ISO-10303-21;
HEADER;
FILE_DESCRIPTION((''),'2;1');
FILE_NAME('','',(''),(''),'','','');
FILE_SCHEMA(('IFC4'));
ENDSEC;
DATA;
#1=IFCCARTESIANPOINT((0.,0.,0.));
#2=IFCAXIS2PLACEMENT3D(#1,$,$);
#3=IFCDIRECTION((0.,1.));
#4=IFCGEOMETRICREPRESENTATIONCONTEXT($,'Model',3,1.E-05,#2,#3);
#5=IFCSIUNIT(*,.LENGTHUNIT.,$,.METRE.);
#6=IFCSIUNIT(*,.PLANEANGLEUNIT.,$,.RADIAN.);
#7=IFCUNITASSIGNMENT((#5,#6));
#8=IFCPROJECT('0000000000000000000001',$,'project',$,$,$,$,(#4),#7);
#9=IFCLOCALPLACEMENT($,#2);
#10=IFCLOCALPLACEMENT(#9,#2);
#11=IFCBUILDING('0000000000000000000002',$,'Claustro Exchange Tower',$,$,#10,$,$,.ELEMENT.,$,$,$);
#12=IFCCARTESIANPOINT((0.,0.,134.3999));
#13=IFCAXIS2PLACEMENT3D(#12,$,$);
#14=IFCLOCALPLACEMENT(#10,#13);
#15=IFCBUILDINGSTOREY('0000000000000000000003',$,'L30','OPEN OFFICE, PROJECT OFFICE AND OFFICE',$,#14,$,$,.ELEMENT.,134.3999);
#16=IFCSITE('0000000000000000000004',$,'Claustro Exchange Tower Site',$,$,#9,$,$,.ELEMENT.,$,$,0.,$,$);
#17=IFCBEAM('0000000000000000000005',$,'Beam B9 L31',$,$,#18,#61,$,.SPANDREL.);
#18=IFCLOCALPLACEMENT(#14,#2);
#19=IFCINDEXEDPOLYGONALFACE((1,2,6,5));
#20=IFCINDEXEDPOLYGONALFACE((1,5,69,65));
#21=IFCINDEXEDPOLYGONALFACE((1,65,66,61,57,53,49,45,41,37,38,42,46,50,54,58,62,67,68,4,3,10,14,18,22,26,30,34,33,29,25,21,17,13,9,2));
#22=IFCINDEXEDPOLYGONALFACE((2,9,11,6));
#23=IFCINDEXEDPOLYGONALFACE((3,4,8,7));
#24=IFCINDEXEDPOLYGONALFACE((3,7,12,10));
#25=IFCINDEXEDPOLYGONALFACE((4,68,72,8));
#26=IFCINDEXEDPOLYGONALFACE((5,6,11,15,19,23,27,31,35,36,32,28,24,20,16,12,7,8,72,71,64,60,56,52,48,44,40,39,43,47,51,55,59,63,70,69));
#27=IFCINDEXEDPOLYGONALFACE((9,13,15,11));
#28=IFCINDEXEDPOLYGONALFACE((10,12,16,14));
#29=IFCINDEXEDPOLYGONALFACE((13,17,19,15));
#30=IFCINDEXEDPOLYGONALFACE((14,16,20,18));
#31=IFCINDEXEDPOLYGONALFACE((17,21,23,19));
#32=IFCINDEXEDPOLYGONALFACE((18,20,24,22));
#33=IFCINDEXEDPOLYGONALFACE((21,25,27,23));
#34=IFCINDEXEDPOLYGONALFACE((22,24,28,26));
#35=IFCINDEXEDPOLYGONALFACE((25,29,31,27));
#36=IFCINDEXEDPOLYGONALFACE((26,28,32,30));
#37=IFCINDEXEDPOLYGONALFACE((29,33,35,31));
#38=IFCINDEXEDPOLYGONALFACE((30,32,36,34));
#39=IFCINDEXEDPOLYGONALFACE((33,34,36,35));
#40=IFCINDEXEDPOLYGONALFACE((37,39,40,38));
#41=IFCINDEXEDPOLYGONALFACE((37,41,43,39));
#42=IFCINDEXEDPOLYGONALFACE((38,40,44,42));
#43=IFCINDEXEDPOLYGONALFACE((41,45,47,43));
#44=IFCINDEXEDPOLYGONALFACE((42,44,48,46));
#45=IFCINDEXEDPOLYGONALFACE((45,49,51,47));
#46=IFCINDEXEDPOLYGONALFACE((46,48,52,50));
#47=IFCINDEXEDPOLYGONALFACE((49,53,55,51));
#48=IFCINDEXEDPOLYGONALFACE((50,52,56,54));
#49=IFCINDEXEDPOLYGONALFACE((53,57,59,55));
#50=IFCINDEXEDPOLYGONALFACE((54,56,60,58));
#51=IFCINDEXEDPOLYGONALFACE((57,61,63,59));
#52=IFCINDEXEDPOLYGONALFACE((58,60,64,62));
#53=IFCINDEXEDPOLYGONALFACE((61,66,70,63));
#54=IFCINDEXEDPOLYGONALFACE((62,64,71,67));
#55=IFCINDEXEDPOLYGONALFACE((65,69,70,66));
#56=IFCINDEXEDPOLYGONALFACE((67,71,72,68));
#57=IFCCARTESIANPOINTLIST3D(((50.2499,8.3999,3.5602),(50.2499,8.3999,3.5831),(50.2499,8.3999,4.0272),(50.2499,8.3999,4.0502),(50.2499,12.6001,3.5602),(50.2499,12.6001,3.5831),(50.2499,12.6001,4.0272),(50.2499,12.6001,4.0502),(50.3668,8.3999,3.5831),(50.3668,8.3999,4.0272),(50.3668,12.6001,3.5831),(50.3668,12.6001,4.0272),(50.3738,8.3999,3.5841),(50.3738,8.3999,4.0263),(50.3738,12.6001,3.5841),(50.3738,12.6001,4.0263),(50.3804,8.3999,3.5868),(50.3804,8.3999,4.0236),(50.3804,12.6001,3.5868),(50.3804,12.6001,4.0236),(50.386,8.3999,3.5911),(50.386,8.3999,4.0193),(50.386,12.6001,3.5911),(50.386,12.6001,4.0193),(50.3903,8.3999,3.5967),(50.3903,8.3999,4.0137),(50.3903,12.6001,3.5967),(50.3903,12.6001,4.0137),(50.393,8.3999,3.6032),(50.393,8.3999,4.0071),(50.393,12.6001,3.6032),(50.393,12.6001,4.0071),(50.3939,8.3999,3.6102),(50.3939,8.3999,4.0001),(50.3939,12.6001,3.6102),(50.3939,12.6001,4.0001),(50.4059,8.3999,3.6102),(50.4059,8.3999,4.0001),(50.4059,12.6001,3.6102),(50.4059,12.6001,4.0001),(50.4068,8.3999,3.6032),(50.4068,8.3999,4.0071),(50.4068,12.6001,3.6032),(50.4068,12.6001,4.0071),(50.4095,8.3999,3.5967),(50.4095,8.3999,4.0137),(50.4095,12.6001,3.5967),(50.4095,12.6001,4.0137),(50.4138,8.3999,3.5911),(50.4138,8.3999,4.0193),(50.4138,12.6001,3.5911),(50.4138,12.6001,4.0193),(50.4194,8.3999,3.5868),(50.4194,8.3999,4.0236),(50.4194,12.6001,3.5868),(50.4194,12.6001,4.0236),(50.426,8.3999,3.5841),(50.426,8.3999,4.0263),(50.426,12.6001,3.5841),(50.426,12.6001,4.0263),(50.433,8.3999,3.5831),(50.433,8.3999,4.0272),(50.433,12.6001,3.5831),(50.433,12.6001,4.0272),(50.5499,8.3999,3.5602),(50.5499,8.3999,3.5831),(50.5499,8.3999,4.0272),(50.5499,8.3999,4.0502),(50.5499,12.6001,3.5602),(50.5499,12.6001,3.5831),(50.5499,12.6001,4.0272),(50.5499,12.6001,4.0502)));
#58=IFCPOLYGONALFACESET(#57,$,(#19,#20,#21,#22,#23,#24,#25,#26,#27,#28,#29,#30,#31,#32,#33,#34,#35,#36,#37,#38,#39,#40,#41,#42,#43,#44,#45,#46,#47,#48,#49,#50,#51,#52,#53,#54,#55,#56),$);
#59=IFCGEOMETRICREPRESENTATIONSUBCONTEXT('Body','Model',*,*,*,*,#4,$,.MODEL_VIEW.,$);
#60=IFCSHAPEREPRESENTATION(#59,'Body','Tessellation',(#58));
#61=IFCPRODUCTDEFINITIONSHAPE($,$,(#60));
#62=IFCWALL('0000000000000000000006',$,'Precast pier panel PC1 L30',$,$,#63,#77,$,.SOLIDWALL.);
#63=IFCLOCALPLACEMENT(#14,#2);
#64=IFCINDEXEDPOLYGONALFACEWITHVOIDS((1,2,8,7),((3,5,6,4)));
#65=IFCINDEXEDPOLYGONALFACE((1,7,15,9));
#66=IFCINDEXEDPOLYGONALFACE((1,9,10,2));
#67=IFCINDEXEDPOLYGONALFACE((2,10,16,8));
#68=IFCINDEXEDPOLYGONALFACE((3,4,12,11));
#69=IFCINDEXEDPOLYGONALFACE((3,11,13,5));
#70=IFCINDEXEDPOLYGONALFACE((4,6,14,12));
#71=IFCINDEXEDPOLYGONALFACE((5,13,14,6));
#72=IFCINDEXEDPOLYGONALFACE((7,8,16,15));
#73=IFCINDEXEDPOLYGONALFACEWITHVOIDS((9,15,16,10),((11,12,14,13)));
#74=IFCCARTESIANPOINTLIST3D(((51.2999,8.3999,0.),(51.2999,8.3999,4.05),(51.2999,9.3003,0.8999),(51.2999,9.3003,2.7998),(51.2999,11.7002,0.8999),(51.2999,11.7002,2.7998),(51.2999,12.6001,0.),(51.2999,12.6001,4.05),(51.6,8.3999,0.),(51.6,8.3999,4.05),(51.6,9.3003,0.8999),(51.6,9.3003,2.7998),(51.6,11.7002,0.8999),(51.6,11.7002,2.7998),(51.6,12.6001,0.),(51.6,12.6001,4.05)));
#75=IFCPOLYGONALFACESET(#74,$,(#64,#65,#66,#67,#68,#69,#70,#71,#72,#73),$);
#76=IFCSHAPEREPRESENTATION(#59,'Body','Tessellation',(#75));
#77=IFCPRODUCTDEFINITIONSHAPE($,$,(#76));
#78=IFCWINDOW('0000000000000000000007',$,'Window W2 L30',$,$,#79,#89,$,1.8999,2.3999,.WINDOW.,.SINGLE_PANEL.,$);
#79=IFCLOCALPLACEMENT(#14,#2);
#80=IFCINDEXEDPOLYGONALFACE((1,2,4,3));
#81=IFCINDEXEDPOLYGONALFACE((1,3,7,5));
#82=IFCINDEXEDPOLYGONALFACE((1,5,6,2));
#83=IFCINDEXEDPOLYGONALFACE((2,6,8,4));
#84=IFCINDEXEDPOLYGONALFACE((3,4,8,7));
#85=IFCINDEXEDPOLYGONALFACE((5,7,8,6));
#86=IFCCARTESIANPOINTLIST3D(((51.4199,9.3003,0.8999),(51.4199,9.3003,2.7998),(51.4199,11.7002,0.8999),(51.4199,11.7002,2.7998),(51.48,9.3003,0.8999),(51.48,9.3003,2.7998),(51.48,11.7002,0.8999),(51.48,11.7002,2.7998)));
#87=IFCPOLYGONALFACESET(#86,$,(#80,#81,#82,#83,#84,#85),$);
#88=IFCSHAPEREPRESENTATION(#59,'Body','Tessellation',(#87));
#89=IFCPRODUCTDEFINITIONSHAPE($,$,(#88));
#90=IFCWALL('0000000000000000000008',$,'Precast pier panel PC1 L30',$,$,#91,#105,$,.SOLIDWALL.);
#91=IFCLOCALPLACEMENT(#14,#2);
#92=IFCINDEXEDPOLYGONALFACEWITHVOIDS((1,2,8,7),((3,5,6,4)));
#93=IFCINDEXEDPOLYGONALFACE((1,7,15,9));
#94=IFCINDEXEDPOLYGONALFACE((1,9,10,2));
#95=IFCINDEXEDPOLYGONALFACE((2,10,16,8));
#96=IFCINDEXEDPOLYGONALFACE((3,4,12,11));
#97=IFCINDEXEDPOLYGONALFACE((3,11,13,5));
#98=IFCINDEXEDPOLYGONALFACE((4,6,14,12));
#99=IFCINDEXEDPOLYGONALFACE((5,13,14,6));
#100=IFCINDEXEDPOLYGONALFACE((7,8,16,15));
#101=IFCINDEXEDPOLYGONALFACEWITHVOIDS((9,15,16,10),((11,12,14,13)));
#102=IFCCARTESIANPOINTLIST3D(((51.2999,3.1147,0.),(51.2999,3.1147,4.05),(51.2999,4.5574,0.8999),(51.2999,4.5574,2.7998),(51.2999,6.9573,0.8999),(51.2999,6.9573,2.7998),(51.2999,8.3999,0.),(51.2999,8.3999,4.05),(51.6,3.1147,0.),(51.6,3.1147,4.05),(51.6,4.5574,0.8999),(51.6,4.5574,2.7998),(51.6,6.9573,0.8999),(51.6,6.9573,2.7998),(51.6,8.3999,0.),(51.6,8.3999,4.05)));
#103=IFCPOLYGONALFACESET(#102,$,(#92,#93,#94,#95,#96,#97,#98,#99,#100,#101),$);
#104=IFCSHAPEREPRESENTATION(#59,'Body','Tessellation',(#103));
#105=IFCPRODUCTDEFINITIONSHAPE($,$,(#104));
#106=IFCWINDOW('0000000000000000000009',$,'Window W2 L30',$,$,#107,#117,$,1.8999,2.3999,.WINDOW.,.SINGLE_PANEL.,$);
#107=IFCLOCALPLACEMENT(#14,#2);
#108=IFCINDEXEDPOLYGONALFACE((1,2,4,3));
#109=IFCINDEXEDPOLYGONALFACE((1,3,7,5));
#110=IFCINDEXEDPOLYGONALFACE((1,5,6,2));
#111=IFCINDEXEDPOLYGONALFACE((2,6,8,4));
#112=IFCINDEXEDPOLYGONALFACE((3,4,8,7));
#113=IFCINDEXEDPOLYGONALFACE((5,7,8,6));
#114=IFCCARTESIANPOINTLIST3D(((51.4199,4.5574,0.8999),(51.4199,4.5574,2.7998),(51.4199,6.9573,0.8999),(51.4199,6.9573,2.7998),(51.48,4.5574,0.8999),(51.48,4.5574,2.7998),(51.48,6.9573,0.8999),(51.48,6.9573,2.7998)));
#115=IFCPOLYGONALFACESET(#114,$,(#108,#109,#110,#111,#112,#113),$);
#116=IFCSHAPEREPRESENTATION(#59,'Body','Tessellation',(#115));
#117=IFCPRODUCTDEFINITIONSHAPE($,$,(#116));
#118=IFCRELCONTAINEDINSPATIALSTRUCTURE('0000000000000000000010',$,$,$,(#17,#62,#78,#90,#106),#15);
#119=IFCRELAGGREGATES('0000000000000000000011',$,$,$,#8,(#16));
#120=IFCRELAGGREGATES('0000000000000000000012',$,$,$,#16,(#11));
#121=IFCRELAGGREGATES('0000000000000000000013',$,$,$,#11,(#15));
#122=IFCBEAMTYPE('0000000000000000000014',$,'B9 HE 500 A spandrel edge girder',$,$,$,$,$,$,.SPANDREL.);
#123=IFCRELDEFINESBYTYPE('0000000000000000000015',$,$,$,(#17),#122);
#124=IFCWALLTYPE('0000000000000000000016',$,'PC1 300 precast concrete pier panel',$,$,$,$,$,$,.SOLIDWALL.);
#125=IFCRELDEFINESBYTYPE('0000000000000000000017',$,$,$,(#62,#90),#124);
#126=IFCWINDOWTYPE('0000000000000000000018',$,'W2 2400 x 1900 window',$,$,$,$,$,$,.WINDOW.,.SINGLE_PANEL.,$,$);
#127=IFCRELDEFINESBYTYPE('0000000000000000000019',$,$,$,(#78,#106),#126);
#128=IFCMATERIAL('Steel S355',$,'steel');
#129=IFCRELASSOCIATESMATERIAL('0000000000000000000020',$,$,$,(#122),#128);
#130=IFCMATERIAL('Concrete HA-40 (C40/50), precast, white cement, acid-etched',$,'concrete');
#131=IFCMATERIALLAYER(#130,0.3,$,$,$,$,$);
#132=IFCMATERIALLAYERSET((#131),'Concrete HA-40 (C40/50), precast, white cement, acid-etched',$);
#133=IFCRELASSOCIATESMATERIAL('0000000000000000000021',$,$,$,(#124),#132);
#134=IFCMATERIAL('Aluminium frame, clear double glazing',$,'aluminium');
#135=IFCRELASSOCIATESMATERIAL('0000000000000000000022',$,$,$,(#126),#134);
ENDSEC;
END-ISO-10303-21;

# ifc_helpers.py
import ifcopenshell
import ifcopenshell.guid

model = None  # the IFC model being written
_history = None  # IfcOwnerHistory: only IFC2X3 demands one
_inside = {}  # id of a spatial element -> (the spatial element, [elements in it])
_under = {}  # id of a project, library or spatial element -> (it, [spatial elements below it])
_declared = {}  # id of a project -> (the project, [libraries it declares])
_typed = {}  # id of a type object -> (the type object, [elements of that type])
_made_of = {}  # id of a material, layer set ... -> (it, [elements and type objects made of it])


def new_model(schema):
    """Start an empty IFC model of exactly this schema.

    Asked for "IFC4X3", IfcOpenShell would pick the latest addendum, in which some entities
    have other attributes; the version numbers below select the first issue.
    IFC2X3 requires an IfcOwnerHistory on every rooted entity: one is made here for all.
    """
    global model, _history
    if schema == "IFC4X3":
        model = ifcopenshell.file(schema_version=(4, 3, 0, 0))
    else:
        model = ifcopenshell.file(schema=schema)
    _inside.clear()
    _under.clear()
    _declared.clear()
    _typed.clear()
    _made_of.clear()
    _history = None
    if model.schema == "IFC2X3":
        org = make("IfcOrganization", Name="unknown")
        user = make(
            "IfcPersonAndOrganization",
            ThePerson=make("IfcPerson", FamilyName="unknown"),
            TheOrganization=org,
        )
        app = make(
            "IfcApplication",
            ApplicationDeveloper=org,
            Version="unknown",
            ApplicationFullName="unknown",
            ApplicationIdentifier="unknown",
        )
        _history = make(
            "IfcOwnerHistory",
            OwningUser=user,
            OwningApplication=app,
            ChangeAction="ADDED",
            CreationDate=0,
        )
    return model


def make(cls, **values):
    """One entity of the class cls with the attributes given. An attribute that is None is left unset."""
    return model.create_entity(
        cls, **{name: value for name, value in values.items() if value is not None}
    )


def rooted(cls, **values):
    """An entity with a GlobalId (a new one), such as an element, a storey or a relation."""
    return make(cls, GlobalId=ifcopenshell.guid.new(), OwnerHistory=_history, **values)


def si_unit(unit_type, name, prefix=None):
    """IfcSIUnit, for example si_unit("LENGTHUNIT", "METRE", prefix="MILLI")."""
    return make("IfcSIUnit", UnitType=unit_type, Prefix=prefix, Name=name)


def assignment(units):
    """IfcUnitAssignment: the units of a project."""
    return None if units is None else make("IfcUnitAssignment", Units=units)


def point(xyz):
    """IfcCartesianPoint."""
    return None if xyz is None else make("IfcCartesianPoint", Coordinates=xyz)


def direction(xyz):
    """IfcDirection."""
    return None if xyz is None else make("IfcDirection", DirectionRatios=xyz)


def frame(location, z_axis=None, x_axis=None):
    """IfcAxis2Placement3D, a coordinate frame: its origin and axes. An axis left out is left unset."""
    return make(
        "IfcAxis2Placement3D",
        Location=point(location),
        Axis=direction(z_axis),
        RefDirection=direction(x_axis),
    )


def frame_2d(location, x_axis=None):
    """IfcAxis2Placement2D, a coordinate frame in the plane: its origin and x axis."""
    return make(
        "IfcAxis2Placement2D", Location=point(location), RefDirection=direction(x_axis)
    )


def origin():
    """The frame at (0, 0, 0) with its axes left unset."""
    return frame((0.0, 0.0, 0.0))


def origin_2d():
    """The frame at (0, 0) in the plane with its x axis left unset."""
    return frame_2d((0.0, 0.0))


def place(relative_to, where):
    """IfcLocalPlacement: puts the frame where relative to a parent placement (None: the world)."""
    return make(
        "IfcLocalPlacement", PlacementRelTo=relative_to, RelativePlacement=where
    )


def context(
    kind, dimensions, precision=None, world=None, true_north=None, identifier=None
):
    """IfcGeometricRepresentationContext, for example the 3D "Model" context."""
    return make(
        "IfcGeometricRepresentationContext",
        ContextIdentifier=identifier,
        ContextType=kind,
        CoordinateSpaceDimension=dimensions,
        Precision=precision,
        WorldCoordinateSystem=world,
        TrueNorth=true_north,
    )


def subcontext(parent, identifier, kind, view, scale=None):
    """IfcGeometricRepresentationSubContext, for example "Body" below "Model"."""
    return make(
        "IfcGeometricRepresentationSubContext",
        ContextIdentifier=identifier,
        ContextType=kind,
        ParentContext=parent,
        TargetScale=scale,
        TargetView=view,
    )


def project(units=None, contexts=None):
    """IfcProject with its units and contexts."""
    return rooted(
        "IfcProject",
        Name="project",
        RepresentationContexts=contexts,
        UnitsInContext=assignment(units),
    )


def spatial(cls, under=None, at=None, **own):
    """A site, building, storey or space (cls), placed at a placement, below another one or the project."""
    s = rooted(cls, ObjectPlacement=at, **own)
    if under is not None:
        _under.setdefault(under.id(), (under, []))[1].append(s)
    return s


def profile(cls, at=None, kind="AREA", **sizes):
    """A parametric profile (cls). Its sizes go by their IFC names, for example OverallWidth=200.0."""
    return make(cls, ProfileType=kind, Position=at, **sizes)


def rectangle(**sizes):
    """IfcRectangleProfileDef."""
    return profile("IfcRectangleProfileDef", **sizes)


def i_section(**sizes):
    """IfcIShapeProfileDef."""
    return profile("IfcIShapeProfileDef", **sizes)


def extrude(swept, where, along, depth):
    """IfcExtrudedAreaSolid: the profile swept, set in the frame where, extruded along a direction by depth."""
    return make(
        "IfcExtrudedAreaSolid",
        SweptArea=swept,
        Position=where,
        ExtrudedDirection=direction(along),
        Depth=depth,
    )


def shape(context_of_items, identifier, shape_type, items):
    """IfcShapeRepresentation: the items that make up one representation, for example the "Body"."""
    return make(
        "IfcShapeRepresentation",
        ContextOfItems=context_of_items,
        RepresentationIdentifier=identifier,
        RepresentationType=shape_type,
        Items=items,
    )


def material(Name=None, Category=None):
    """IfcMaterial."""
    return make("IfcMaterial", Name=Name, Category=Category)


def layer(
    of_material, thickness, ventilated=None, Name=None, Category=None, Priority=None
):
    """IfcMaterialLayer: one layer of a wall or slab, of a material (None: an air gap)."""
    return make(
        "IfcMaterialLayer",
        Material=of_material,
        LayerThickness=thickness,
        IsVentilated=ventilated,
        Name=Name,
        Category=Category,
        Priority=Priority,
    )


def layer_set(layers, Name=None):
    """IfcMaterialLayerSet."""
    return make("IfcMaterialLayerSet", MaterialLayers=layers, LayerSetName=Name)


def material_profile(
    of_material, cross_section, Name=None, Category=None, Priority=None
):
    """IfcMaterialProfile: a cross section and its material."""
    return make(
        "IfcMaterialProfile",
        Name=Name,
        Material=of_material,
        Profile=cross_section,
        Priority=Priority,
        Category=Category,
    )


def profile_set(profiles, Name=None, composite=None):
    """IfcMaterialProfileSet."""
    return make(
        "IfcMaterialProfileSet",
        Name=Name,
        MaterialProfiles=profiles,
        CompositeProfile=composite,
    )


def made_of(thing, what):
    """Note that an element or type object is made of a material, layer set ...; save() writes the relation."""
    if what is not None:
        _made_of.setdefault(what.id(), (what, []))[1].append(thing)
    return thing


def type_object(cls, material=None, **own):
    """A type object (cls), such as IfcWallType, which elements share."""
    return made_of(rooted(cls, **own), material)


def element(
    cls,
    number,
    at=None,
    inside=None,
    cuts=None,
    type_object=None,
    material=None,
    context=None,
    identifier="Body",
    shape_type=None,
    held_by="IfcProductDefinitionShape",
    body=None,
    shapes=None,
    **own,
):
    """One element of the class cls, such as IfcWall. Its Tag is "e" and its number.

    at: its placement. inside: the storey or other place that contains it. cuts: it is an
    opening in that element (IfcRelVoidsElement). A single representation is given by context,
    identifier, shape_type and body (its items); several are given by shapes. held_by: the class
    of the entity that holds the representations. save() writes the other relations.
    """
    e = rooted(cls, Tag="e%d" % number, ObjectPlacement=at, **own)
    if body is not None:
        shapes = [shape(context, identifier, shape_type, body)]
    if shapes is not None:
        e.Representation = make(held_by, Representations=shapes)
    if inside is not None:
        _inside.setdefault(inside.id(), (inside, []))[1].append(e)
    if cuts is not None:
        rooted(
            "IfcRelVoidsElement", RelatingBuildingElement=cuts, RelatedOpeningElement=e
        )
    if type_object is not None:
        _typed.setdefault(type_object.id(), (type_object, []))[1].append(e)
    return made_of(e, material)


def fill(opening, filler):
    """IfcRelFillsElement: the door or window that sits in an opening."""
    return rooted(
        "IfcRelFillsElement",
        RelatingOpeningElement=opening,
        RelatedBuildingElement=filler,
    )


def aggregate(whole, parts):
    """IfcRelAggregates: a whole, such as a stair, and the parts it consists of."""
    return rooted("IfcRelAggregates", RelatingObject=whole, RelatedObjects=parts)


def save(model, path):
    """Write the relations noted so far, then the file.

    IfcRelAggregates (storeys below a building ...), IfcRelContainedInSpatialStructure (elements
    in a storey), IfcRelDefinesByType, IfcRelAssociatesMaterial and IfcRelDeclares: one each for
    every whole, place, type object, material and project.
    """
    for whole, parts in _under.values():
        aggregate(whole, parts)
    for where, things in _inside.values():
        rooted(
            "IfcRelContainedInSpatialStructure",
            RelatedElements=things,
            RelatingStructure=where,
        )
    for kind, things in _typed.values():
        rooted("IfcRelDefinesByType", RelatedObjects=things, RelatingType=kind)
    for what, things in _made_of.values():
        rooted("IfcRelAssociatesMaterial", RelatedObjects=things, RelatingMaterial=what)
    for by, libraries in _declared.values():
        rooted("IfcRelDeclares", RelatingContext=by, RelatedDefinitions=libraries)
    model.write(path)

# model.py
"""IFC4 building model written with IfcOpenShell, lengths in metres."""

from ifc_helpers import new_model, si_unit, direction, frame, frame_2d, origin, origin_2d, place, context, subcontext, project, spatial, rectangle, i_section, extrude, material, layer, layer_set, material_profile, profile_set, type_object, element, fill, save


model = new_model("IFC4")

# Units and contexts
model_context = context("Model", 3, precision=1e-05, world=origin(), true_north=direction((0.0, 1.0)))
body_context = subcontext(model_context, "Body", "Model", "MODEL_VIEW")
ifc_project = project(units=[si_unit("LENGTHUNIT", "METRE"), si_unit("PLANEANGLEUNIT", "RADIAN")], contexts=[model_context])

# Site, building, storey
site_placement = place(None, origin())
site = spatial("IfcSite", under=ifc_project, at=site_placement, Name="Claustro Exchange Tower Site", CompositionType="ELEMENT", RefElevation=0.0)
building_placement = place(site_placement, origin())
building = spatial("IfcBuilding", under=site, at=building_placement, Name="Claustro Exchange Tower", CompositionType="ELEMENT")
storey_placement = place(building_placement, frame((0.0, 0.0, 134.3999)))
storey = spatial("IfcBuildingStorey", under=building, at=storey_placement, Name="L30", Description="OPEN OFFICE, PROJECT OFFICE AND OFFICE", CompositionType="ELEMENT", Elevation=134.3999)

# Beam
ifc_material_1 = material(Name="Steel S355", Category="steel")
ifc_material_profile_1 = material_profile(ifc_material_1, i_section(OverallWidth=0.3, OverallDepth=0.49, WebThickness=0.012, FlangeThickness=0.0229, FilletRadius=0.0271, at=origin_2d()), Name="HE 500 A")
ifc_profile_set_1 = profile_set([ifc_material_profile_1], Name="Steel S355")
beam_type_1 = type_object("IfcBeamType", Name="B9 HE 500 A spandrel edge girder", PredefinedType="SPANDREL", material=ifc_profile_set_1)
beam_1_placement = place(storey_placement, frame((50.3999, 8.3999, 3.8052), z_axis=(0.0, 1.0, 0.0), x_axis=(-1.0, 0.0, 0.0)))
element("IfcBeam", 1, at=beam_1_placement, inside=storey, type_object=beam_type_1, Name="Beam B9 L31", PredefinedType="SPANDREL", context=body_context, shape_type="SweptSolid", body=[
    extrude(i_section(OverallWidth=0.3, OverallDepth=0.49, WebThickness=0.012, FlangeThickness=0.0229, FilletRadius=0.0271, at=origin_2d()), origin(), (0.0, 0.0, 1.0), 4.2002),
])

# Walls, openings, windows
ifc_material_2 = material(Name="Concrete HA-40 (C40/50), precast, white cement, acid-etched", Category="concrete")
ifc_layer_1 = layer(ifc_material_2, 0.3)
ifc_layer_set_1 = layer_set([ifc_layer_1], Name="Concrete HA-40 (C40/50), precast, white cement, acid-etched")
wall_type_1 = type_object("IfcWallType", Name="PC1 300 precast concrete pier panel", PredefinedType="SOLIDWALL", material=ifc_layer_set_1)
wall_1_placement = place(storey_placement, frame((51.45, 12.6001, 0.0), z_axis=(0.0, 0.0, 1.0), x_axis=(0.0, -1.0, 0.0)))
wall_1 = element("IfcWall", 2, at=wall_1_placement, inside=storey, type_object=wall_type_1, Name="Precast pier panel PC1 L30", PredefinedType="SOLIDWALL", context=body_context, shape_type="SweptSolid", body=[
    extrude(rectangle(XDim=4.2002, YDim=0.3, at=frame_2d((2.1001, 0.0))), origin(), (0.0, 0.0, 1.0), 4.05),
])
opening_1_placement = place(wall_1_placement, frame((0.8999, 0.0, 0.8999)))
opening_1 = element("IfcOpeningElement", 3, at=opening_1_placement, cuts=wall_1, PredefinedType="OPENING", context=body_context, shape_type="SweptSolid", body=[
    extrude(rectangle(XDim=2.3999, YDim=1.8999, at=frame_2d((1.2, 0.95))), frame((0.0, 0.1599, 0.0), z_axis=(0.0, -1.0, 0.0), x_axis=(1.0, 0.0, 0.0)), (0.0, 0.0, 1.0), 0.3201),
])
ifc_material_3 = material(Name="Aluminium frame, clear double glazing", Category="aluminium")
window_type = type_object("IfcWindowType", Name="W2 2400 x 1900 window", PartitioningType="SINGLE_PANEL", PredefinedType="WINDOW", material=ifc_material_3)
window_1_placement = place(opening_1_placement, origin())
window_1 = element("IfcWindow", 4, at=window_1_placement, inside=storey, type_object=window_type, Name="Window W2 L30", OverallHeight=1.8999, OverallWidth=2.3999, PartitioningType="SINGLE_PANEL", PredefinedType="WINDOW", context=body_context, shape_type="SweptSolid", body=[
    extrude(rectangle(XDim=2.3999, YDim=1.8999, at=frame_2d((1.2, 0.95))), frame((0.0, 0.03, 0.0), z_axis=(0.0, -1.0, 0.0), x_axis=(1.0, 0.0, 0.0)), (0.0, 0.0, 1.0), 0.0601),
])
fill(opening_1, window_1)
wall_2_placement = place(storey_placement, frame((51.45, 8.3999, 0.0), z_axis=(0.0, 0.0, 1.0), x_axis=(0.0, -1.0, 0.0)))
wall_2 = element("IfcWall", 5, at=wall_2_placement, inside=storey, type_object=wall_type_1, Name="Precast pier panel PC1 L30", PredefinedType="SOLIDWALL", context=body_context, shape_type="SweptSolid", body=[
    extrude(rectangle(XDim=5.2852, YDim=0.3, at=frame_2d((2.6426, 0.0))), origin(), (0.0, 0.0, 1.0), 4.05),
])
opening_2_placement = place(wall_2_placement, frame((1.4426, 0.0, 0.8999)))
opening_2 = element("IfcOpeningElement", 6, at=opening_2_placement, cuts=wall_2, PredefinedType="OPENING", context=body_context, shape_type="SweptSolid", body=[
    extrude(rectangle(XDim=2.3999, YDim=1.8999, at=frame_2d((1.2, 0.95))), frame((0.0, 0.1599, 0.0), z_axis=(0.0, -1.0, 0.0), x_axis=(1.0, 0.0, 0.0)), (0.0, 0.0, 1.0), 0.3201),
])
window_2_placement = place(opening_2_placement, origin())
window_2 = element("IfcWindow", 7, at=window_2_placement, inside=storey, type_object=window_type, Name="Window W2 L30", OverallHeight=1.8999, OverallWidth=2.3999, PartitioningType="SINGLE_PANEL", PredefinedType="WINDOW", context=body_context, shape_type="SweptSolid", body=[
    extrude(rectangle(XDim=2.3999, YDim=1.8999, at=frame_2d((1.2, 0.95))), frame((0.0, 0.03, 0.0), z_axis=(0.0, -1.0, 0.0), x_axis=(1.0, 0.0, 0.0)), (0.0, 0.0, 1.0), 0.0601),
])
fill(opening_2, window_2)

save(model, "model.ifc")
